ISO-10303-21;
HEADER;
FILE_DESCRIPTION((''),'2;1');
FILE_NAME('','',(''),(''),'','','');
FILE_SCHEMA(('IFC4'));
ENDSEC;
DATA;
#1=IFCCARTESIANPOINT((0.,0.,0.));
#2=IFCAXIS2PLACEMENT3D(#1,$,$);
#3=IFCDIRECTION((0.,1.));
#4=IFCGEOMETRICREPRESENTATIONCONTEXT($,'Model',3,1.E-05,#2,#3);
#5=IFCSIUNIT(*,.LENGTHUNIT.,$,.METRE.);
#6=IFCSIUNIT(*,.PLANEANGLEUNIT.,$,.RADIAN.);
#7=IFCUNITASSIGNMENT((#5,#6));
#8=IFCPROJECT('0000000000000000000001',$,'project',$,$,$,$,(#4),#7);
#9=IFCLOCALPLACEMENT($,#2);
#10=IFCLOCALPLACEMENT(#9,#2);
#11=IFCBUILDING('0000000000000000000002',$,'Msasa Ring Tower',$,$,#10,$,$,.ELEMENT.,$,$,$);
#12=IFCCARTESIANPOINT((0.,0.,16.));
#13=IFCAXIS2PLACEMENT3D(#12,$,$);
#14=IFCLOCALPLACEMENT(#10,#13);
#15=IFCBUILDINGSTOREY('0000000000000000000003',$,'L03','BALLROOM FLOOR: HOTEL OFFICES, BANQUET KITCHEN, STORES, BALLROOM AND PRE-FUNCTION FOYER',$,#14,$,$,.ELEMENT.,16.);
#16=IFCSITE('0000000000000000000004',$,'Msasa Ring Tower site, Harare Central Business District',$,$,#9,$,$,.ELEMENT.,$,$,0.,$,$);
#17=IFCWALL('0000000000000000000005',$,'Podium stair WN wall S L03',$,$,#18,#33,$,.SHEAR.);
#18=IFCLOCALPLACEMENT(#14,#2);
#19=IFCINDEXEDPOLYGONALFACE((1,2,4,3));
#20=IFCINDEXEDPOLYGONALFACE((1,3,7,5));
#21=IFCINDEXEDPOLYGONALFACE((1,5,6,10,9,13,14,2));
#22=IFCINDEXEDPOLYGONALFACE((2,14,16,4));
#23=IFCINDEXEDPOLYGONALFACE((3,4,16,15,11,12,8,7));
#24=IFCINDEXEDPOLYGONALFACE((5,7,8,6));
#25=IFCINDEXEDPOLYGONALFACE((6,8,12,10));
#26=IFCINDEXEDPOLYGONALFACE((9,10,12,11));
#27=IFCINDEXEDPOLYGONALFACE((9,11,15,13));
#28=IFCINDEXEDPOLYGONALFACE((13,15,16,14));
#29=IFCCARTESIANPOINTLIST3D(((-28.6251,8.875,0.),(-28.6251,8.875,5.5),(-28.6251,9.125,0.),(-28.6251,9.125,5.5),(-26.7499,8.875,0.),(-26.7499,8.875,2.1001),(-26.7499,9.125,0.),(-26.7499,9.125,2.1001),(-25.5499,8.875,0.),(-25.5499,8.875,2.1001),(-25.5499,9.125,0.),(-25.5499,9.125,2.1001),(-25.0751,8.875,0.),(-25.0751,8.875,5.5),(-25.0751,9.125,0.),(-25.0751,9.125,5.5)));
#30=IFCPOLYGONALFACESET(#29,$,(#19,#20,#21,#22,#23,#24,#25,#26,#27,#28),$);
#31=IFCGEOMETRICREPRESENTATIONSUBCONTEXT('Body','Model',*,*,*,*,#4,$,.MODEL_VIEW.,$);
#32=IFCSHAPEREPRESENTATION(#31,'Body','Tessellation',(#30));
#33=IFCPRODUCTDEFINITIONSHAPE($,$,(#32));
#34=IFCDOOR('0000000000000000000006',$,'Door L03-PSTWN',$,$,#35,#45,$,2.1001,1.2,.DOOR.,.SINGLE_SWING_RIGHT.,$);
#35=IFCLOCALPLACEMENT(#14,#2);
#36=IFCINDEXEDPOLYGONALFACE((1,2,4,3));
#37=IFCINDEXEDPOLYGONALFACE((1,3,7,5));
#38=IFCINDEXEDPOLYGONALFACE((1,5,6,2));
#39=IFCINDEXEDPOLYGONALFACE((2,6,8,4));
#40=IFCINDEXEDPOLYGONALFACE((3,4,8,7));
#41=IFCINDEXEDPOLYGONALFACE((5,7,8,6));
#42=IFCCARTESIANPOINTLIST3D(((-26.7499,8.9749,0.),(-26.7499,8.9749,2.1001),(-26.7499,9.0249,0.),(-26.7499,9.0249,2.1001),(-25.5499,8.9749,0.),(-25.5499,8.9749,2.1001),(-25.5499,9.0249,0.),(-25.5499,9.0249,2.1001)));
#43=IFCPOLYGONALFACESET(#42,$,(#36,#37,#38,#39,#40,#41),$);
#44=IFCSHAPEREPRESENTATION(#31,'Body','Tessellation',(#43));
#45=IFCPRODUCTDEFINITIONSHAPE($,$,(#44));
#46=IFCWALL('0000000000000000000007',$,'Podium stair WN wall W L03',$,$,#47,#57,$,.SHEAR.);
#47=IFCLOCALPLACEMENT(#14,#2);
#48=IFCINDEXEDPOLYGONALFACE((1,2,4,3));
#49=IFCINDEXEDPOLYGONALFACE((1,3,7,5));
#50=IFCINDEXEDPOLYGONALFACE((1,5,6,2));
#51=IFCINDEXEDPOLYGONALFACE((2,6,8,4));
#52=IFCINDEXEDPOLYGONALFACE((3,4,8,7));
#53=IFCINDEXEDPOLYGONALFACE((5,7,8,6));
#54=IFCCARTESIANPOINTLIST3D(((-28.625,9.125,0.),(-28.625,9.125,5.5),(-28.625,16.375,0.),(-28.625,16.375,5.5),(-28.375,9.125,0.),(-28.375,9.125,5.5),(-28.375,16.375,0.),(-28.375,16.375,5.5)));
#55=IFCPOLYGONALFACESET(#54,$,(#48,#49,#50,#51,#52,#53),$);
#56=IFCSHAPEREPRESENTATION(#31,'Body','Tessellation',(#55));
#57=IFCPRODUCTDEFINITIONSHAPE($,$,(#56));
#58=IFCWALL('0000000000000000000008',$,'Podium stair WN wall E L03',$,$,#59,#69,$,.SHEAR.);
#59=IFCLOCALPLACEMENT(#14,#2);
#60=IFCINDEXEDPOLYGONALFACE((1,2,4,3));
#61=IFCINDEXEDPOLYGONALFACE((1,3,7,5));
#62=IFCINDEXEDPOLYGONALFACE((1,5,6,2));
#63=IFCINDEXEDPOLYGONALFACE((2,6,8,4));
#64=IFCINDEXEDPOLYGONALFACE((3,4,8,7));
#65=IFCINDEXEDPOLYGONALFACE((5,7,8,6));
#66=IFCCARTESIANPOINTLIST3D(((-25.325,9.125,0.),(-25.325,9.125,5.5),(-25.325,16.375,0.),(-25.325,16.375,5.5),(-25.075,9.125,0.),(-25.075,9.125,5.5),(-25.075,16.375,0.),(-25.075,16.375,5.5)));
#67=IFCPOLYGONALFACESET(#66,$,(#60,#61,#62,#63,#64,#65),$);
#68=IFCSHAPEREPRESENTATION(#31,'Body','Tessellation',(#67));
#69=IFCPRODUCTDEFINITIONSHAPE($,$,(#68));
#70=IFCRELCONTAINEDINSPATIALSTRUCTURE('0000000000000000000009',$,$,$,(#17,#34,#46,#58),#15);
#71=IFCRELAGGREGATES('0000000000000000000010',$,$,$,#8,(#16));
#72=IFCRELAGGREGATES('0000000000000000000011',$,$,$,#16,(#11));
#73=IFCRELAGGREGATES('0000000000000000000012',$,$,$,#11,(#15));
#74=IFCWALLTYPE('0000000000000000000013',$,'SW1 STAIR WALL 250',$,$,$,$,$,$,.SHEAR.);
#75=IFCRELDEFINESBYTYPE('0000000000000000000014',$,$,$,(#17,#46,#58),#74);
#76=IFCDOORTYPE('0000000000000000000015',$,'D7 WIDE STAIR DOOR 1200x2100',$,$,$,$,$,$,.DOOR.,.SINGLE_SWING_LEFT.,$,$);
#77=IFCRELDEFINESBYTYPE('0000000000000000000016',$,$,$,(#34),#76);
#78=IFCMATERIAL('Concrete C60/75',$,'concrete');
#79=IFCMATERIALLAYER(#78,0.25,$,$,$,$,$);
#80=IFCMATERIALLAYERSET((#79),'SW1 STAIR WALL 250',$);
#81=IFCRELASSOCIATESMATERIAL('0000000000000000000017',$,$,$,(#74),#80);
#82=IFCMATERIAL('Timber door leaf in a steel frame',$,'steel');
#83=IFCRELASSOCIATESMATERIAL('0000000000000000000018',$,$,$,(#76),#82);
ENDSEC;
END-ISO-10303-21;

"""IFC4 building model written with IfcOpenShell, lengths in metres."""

from ifc_helpers import new_model, si_unit, direction, frame, frame_2d, origin, place, context, subcontext, project, spatial, rectangle, extrude, material, layer, layer_set, type_object, element, fill, save


model = new_model("IFC4")

# Units and contexts
model_context = context("Model", 3, precision=1e-05, world=origin(), true_north=direction((0.0, 1.0)))
body_context = subcontext(model_context, "Body", "Model", "MODEL_VIEW")
ifc_project = project(units=[si_unit("LENGTHUNIT", "METRE"), si_unit("PLANEANGLEUNIT", "RADIAN")], contexts=[model_context])

# Site, building, storey
site_placement = place(None, origin())
site = spatial("IfcSite", under=ifc_project, at=site_placement, Name="Msasa Ring Tower site, Harare Central Business District", CompositionType="ELEMENT", RefElevation=0.0)
building_placement = place(site_placement, origin())
building = spatial("IfcBuilding", under=site, at=building_placement, Name="Msasa Ring Tower", CompositionType="ELEMENT")
storey_placement = place(building_placement, frame((0.0, 0.0, 16.0)))
storey = spatial("IfcBuildingStorey", under=building, at=storey_placement, Name="L03", Description="BALLROOM FLOOR: HOTEL OFFICES, BANQUET KITCHEN, STORES, BALLROOM AND PRE-FUNCTION FOYER", CompositionType="ELEMENT", Elevation=16.0)

# Wall, opening, door
ifc_material_1 = material(Name="Concrete C60/75", Category="concrete")
ifc_layer_1 = layer(ifc_material_1, 0.25)
ifc_layer_set_1 = layer_set([ifc_layer_1], Name="SW1 STAIR WALL 250")
wall_type_1 = type_object("IfcWallType", Name="SW1 STAIR WALL 250", PredefinedType="SHEAR", material=ifc_layer_set_1)
wall_1_placement = place(storey_placement, frame((-28.625, 9.0, 0.0), z_axis=(0.0, 0.0, 1.0), x_axis=(1.0, 0.0, 0.0)))
wall_1 = element("IfcWall", 1, at=wall_1_placement, inside=storey, type_object=wall_type_1, Name="Podium stair WN wall S L03", PredefinedType="SHEAR", context=body_context, shape_type="SweptSolid", body=[
    extrude(rectangle(XDim=3.55, YDim=0.25, at=frame_2d((1.7749, 0.0))), origin(), (0.0, 0.0, 1.0), 5.5),
])
opening_1_placement = place(wall_1_placement, frame((1.875, 0.0, 0.0)))
opening_1 = element("IfcOpeningElement", 2, at=opening_1_placement, cuts=wall_1, PredefinedType="OPENING", context=body_context, shape_type="SweptSolid", body=[
    extrude(rectangle(XDim=1.2, YDim=2.1001, at=frame_2d((0.6001, 1.05))), frame((0.0, 0.135, 0.0), z_axis=(0.0, -1.0, 0.0), x_axis=(1.0, 0.0, 0.0)), (0.0, 0.0, 1.0), 0.27),
])
ifc_material_2 = material(Name="Timber door leaf in a steel frame", Category="steel")
door_type_1 = type_object("IfcDoorType", Name="D7 WIDE STAIR DOOR 1200x2100", OperationType="SINGLE_SWING_LEFT", PredefinedType="DOOR", material=ifc_material_2)
door_1_placement = place(opening_1_placement, origin())
door_1 = element("IfcDoor", 3, at=door_1_placement, inside=storey, type_object=door_type_1, Name="Door L03-PSTWN", OperationType="SINGLE_SWING_RIGHT", OverallHeight=2.1001, OverallWidth=1.2, PredefinedType="DOOR", context=body_context, shape_type="SweptSolid", body=[
    extrude(rectangle(XDim=1.2, YDim=2.1001, at=frame_2d((0.6001, 1.05))), frame((0.0, 0.0249, 0.0), z_axis=(0.0, -1.0, 0.0), x_axis=(1.0, 0.0, 0.0)), (0.0, 0.0, 1.0), 0.05),
])
fill(opening_1, door_1)

# Walls
for number, where, z_axis, x_axis, name in (
    (4, (-28.5, 9.125, 0.0), (0.0, 0.0, 1.0), (0.0, 1.0, 0.0), "Podium stair WN wall W L03"),
    (5, (-25.2, 9.125, 0.0), (0.0, 0.0, 1.0), (0.0, 1.0, 0.0), "Podium stair WN wall E L03"),
):
    element("IfcWall", number, at=place(storey_placement, frame(where, z_axis=z_axis, x_axis=x_axis)), inside=storey, type_object=wall_type_1, Name=name, PredefinedType="SHEAR", context=body_context, shape_type="SweptSolid", body=[
        extrude(rectangle(XDim=7.25, YDim=0.25, at=frame_2d((3.625, 0.0))), origin(), (0.0, 0.0, 1.0), 5.5),
    ])

save(model, "model.ifc")
